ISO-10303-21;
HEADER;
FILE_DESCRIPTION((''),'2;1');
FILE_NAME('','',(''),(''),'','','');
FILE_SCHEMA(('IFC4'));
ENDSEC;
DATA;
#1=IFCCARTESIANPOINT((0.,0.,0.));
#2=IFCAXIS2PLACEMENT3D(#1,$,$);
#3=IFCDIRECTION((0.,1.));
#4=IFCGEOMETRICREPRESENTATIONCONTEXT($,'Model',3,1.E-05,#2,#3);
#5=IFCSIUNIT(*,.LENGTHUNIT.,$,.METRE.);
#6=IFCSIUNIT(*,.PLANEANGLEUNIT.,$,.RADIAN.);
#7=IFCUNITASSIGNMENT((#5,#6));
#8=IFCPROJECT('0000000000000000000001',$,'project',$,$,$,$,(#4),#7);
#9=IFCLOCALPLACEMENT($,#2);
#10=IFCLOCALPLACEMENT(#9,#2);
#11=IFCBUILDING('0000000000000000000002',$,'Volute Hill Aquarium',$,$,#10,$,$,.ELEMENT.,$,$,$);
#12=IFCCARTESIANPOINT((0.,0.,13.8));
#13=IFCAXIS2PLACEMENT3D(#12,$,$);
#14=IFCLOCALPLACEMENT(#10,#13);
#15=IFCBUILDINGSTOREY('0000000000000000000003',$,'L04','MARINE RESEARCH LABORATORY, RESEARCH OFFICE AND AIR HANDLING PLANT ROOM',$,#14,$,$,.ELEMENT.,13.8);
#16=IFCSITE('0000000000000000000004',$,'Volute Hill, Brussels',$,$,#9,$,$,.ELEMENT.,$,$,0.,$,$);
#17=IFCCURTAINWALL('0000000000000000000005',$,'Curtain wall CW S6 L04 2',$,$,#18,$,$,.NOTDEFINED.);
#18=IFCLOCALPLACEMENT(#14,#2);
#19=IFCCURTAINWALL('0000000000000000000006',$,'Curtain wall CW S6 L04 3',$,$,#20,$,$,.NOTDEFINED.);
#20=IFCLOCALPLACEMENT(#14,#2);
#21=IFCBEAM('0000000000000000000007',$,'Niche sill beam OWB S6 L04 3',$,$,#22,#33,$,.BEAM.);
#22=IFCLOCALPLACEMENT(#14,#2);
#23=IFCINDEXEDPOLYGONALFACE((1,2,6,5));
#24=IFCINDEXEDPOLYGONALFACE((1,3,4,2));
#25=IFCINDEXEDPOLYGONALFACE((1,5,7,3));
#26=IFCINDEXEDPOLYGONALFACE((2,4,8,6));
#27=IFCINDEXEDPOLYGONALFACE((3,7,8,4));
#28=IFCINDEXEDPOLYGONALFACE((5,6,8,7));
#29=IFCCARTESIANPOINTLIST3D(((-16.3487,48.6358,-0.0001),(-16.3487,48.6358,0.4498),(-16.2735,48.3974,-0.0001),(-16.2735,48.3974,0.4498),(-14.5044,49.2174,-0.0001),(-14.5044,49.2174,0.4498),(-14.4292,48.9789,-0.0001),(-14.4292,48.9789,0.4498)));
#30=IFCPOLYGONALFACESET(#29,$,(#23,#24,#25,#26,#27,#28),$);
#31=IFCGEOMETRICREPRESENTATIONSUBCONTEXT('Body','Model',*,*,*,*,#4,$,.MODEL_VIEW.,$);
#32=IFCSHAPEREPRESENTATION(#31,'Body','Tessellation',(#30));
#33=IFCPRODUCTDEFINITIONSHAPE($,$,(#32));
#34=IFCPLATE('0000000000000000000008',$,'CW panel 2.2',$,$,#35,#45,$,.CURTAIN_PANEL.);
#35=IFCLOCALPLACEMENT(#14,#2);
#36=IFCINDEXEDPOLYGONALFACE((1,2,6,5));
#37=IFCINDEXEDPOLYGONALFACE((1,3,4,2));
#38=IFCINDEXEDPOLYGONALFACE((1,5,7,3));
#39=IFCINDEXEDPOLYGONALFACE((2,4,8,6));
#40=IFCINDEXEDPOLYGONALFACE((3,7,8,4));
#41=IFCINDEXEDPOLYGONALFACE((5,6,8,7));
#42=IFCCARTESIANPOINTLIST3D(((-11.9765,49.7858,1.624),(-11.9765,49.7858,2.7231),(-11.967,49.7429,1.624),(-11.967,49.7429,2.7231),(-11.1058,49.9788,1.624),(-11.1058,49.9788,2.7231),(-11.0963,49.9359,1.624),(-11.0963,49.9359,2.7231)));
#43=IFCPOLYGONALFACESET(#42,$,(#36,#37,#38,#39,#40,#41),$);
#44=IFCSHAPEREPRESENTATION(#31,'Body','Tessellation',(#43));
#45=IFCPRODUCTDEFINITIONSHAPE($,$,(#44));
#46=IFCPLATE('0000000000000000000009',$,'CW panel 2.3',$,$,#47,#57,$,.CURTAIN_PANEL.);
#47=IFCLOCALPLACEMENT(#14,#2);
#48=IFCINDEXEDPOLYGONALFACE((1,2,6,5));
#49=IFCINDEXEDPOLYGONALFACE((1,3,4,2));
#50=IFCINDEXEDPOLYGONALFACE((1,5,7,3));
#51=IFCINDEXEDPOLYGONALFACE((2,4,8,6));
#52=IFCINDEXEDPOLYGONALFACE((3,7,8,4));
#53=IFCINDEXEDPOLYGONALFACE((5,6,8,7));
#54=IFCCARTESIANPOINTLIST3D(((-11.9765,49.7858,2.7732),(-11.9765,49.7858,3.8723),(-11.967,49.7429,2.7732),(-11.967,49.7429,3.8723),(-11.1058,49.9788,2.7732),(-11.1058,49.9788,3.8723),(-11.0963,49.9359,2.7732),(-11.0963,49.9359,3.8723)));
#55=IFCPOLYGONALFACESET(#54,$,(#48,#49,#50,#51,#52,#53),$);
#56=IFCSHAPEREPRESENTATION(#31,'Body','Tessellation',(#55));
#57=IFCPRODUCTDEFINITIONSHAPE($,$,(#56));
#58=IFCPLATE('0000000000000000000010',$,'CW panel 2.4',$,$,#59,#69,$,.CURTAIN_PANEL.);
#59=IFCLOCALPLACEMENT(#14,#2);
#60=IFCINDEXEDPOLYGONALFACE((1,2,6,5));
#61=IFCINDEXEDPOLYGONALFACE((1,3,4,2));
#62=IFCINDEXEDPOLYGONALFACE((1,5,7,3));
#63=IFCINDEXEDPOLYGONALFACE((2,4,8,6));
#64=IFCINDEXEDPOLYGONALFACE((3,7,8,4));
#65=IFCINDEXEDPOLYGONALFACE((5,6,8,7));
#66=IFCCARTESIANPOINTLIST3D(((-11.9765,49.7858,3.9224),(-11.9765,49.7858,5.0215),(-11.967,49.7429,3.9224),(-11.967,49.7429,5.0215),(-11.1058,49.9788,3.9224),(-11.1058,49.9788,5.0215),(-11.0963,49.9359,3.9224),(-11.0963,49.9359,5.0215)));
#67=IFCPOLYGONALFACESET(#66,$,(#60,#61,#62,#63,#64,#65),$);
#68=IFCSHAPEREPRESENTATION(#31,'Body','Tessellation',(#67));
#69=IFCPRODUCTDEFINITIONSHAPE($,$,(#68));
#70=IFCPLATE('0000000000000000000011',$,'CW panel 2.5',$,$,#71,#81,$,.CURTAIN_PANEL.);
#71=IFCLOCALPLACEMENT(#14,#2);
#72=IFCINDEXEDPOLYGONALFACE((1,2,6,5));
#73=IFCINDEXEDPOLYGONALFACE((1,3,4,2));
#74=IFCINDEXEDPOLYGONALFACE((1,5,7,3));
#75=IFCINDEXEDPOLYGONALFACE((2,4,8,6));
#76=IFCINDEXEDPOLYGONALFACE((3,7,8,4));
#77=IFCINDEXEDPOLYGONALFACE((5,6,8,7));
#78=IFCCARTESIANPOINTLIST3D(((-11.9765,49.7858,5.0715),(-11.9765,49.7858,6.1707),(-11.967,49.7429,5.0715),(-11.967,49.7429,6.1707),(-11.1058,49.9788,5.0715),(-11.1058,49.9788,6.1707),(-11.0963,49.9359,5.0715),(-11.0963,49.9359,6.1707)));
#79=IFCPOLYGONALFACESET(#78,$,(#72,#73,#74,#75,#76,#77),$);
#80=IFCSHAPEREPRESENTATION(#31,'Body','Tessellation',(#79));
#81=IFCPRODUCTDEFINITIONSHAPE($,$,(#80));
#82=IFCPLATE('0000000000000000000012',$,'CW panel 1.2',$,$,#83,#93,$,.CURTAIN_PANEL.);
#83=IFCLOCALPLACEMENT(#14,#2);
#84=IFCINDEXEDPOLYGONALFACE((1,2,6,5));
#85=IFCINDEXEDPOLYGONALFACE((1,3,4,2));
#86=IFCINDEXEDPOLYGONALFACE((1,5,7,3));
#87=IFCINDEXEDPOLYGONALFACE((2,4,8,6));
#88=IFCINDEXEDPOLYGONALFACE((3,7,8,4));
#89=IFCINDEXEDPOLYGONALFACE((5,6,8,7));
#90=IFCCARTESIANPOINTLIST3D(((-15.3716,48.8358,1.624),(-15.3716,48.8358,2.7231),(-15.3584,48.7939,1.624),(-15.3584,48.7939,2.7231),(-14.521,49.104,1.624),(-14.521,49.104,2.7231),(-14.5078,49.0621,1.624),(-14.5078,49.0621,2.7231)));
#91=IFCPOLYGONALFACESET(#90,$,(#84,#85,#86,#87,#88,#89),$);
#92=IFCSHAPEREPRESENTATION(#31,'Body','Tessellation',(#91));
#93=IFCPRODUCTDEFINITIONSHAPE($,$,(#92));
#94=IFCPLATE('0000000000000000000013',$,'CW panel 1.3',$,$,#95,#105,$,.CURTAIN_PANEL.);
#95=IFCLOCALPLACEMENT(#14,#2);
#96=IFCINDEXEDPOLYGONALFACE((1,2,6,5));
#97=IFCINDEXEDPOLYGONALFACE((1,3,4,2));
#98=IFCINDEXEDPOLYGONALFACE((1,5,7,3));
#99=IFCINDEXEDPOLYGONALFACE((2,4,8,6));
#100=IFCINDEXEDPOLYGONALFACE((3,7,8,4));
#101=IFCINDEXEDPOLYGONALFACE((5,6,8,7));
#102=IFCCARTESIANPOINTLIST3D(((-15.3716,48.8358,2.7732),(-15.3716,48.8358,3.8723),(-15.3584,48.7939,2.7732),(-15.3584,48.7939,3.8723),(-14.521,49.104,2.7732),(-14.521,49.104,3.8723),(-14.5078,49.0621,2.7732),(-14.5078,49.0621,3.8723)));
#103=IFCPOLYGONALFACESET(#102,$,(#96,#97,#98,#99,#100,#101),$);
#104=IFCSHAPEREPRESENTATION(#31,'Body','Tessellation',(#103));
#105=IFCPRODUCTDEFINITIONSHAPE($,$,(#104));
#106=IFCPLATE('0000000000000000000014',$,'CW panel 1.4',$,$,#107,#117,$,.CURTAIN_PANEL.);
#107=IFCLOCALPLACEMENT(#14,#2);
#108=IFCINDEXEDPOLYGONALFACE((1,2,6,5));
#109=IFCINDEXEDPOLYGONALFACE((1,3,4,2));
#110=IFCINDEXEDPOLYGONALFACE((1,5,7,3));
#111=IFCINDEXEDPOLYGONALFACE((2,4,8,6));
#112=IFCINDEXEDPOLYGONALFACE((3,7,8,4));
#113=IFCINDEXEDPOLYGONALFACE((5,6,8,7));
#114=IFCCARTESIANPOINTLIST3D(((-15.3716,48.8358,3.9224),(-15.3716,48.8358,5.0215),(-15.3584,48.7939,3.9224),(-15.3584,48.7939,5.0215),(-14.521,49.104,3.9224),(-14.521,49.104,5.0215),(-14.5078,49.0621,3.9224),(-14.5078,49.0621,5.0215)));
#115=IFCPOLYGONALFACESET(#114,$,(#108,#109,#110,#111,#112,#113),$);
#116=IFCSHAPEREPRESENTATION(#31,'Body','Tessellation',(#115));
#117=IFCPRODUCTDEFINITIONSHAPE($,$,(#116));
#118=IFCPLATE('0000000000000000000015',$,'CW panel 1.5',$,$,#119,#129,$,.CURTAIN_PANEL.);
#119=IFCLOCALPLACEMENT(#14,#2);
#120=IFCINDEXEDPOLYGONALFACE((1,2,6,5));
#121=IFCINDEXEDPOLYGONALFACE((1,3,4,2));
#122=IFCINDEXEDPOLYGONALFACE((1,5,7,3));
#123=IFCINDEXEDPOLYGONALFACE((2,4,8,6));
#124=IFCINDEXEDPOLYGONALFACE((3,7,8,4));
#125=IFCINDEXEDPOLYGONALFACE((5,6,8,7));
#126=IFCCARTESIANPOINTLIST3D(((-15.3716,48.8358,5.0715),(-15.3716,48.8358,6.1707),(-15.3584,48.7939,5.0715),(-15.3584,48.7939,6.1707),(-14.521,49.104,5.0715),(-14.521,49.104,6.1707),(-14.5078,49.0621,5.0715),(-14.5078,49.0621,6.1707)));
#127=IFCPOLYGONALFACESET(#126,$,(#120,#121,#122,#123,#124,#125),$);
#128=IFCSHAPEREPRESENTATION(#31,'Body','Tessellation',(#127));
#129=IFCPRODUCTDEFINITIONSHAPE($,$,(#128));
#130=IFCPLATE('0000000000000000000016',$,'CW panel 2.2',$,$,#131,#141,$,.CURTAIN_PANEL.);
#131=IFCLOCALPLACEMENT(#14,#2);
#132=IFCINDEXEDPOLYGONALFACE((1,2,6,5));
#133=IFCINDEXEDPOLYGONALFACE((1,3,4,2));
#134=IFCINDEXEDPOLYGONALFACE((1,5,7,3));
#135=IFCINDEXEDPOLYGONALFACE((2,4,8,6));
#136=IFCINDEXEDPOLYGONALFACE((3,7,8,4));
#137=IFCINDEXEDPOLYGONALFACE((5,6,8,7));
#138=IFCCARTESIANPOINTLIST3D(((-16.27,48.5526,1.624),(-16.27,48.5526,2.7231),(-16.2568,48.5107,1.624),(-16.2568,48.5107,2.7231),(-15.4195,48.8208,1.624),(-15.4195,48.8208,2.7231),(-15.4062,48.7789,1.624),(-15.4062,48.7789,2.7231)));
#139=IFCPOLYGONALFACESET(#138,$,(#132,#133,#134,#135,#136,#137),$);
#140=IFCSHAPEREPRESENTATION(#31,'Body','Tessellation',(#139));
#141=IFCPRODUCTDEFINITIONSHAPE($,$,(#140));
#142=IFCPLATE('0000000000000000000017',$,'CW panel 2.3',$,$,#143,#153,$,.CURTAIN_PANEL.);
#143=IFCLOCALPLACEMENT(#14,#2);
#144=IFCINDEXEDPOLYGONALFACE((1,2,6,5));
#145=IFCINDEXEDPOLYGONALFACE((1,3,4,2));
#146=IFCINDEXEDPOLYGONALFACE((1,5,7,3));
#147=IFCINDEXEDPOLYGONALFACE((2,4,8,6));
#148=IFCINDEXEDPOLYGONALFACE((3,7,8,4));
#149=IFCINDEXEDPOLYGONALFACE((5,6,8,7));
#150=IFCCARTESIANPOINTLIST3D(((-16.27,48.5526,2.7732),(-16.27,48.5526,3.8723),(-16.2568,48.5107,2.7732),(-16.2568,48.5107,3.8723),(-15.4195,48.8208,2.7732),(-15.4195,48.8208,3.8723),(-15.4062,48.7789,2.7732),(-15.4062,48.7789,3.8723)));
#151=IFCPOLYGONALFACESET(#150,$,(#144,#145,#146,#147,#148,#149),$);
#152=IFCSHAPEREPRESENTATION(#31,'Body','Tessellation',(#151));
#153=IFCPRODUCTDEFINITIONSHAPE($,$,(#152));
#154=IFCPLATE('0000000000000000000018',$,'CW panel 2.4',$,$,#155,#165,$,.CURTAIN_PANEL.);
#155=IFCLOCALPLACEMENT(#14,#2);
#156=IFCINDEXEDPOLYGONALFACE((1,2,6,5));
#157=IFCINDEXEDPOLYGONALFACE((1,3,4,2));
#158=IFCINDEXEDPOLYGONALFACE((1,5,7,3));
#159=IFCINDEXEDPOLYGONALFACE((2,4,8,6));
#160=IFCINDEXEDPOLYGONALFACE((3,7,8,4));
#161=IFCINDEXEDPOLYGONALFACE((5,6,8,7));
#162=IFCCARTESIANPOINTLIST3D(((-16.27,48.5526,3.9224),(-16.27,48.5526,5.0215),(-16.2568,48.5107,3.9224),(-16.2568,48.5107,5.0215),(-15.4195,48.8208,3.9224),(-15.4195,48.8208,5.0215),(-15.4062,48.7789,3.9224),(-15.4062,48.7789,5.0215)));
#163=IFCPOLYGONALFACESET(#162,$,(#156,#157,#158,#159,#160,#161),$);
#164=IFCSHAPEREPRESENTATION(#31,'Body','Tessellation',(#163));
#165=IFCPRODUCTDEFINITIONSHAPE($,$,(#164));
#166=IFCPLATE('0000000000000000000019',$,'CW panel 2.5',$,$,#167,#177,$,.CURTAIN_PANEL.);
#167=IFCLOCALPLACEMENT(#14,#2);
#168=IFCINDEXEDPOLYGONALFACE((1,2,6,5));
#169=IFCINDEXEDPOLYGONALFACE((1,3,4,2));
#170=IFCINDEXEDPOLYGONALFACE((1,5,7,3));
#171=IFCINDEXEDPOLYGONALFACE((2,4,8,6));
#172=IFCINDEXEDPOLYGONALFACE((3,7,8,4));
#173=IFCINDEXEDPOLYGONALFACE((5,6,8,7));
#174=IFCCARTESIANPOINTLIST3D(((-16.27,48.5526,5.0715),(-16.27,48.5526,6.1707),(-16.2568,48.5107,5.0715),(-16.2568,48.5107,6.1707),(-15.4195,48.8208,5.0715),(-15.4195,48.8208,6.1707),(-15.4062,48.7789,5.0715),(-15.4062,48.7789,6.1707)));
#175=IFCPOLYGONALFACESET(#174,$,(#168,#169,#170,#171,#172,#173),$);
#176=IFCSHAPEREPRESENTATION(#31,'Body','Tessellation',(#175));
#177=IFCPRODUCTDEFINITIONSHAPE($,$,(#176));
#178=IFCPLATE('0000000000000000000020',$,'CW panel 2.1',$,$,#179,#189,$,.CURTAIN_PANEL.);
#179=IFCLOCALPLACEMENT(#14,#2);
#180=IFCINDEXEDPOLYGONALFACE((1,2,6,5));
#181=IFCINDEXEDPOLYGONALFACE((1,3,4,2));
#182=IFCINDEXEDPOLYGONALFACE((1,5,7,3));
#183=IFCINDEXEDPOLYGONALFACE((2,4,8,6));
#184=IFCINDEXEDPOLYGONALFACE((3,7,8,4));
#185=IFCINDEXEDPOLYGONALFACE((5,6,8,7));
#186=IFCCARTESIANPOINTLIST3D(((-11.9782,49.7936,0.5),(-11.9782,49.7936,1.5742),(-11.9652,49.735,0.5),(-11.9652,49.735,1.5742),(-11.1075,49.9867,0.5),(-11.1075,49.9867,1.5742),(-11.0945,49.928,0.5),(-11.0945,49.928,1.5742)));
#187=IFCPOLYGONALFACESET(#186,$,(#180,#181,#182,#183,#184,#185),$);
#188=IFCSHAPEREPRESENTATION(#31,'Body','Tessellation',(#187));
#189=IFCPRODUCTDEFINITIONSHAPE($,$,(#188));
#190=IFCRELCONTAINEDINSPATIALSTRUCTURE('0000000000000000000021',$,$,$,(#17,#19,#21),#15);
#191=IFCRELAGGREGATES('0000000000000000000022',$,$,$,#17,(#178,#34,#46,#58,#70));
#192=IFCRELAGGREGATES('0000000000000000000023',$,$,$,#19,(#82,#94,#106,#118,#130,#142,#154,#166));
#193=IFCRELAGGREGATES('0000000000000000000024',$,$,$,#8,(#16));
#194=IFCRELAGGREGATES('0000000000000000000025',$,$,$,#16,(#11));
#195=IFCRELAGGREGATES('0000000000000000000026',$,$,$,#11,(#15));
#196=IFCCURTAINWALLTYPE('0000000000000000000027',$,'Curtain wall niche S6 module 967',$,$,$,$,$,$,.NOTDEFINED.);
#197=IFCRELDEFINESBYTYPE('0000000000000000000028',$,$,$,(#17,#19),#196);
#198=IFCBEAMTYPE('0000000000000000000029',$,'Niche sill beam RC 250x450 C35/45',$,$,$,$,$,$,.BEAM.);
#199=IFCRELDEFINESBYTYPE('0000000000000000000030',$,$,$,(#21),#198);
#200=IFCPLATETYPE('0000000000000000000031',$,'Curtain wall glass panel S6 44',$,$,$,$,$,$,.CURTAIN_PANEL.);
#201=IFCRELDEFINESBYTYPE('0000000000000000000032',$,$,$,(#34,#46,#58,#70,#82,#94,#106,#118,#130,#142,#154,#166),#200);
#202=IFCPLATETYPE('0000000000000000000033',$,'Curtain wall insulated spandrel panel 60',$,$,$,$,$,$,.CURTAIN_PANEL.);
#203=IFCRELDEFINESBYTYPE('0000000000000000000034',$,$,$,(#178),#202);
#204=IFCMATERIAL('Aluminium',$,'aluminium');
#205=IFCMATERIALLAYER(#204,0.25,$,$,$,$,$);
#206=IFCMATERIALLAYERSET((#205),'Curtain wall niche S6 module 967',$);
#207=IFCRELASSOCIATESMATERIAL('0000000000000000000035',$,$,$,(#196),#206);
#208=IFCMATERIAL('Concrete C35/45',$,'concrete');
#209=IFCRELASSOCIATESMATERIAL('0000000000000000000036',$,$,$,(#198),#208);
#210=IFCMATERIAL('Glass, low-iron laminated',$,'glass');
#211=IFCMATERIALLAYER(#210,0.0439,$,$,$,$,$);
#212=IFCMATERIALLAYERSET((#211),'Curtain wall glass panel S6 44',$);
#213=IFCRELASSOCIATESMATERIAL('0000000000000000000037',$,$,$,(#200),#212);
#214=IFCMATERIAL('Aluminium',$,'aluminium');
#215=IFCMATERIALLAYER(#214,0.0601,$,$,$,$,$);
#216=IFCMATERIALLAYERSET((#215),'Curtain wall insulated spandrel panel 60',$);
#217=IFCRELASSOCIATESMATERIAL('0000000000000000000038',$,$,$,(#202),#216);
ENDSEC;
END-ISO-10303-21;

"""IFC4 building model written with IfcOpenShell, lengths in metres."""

from ifc_helpers import new_model, si_unit, direction, frame, origin, origin_2d, place, context, subcontext, project, spatial, rectangle, extrude, material, layer, layer_set, material_profile, profile_set, type_object, element, aggregate, save


model = new_model("IFC4")

# Units and contexts
model_context = context("Model", 3, precision=1e-05, world=origin(), true_north=direction((0.0, 1.0)))
body_context = subcontext(model_context, "Body", "Model", "MODEL_VIEW")
ifc_project = project(units=[si_unit("LENGTHUNIT", "METRE"), si_unit("PLANEANGLEUNIT", "RADIAN")], contexts=[model_context])

# Site, building, storey
site_placement = place(None, origin())
site = spatial("IfcSite", under=ifc_project, at=site_placement, Name="Volute Hill, Brussels", CompositionType="ELEMENT", RefElevation=0.0)
building_placement = place(site_placement, origin())
building = spatial("IfcBuilding", under=site, at=building_placement, Name="Volute Hill Aquarium", CompositionType="ELEMENT")
storey_placement = place(building_placement, frame((0.0, 0.0, 13.8)))
storey = spatial("IfcBuildingStorey", under=building, at=storey_placement, Name="L04", Description="MARINE RESEARCH LABORATORY, RESEARCH OFFICE AND AIR HANDLING PLANT ROOM", CompositionType="ELEMENT", Elevation=13.8)

# Curtain wall
ifc_material_1 = material(Name="Aluminium", Category="aluminium")
ifc_layer_1 = layer(ifc_material_1, 0.25)
ifc_layer_set_1 = layer_set([ifc_layer_1], Name="Curtain wall niche S6 module 967")
curtain_wall_type = type_object("IfcCurtainWallType", Name="Curtain wall niche S6 module 967", PredefinedType="NOTDEFINED", material=ifc_layer_set_1)
curtain_wall_1_placement = place(storey_placement, origin())
curtain_wall_1 = element("IfcCurtainWall", 1, at=curtain_wall_1_placement, inside=storey, type_object=curtain_wall_type, Name="Curtain wall CW S6 L04 2", PredefinedType="NOTDEFINED")

# Curtain wall
curtain_wall_2_placement = place(storey_placement, origin())
curtain_wall_2 = element("IfcCurtainWall", 2, at=curtain_wall_2_placement, inside=storey, type_object=curtain_wall_type, Name="Curtain wall CW S6 L04 3", PredefinedType="NOTDEFINED")

# Beam
ifc_material_2 = material(Name="Concrete C35/45", Category="concrete")
ifc_material_profile_1 = material_profile(ifc_material_2, rectangle(XDim=0.25, YDim=0.45, at=origin_2d()), Name="RC beam 250x450")
ifc_profile_set_1 = profile_set([ifc_material_profile_1], Name="Concrete C35/45")
beam_type_1 = type_object("IfcBeamType", Name="Niche sill beam RC 250x450 C35/45", PredefinedType="BEAM", material=ifc_profile_set_1)
beam_1_placement = place(storey_placement, frame((-14.4668, 49.0981, 0.2249), z_axis=(-0.953709, -0.300733, 0.0), x_axis=(0.300733, -0.953709, 0.0)))
element("IfcBeam", 3, at=beam_1_placement, inside=storey, type_object=beam_type_1, Name="Niche sill beam OWB S6 L04 3", PredefinedType="BEAM", context=body_context, shape_type="SweptSolid", body=[
    extrude(rectangle(XDim=0.25, YDim=0.45, at=origin_2d()), origin(), (0.0, 0.0, 1.0), 1.9338),
])

# Plates
ifc_material_3 = material(Name="Glass, low-iron laminated", Category="glass")
ifc_layer_2 = layer(ifc_material_3, 0.0439)
ifc_layer_set_2 = layer_set([ifc_layer_2], Name="Curtain wall glass panel S6 44")
plate_type_1 = type_object("IfcPlateType", Name="Curtain wall glass panel S6 44", PredefinedType="CURTAIN_PANEL", material=ifc_layer_set_2)
plate_1_placement = place(storey_placement, frame((-11.5364, 49.8608, 1.624), z_axis=(0.0, 0.0, 1.0), x_axis=(-0.976298, -0.216429, 0.0)))
plate_1 = element("IfcPlate", 4, at=plate_1_placement, type_object=plate_type_1, Name="CW panel 2.2", PredefinedType="CURTAIN_PANEL", context=body_context, shape_type="SweptSolid", body=[
    extrude(rectangle(XDim=0.8918, YDim=0.0439, at=origin_2d()), origin(), (0.0, 0.0, 1.0), 1.0991),
])
plate_2_placement = place(storey_placement, frame((-11.5364, 49.8608, 2.7732), z_axis=(0.0, 0.0, 1.0), x_axis=(-0.976298, -0.216429, 0.0)))
plate_2 = element("IfcPlate", 5, at=plate_2_placement, type_object=plate_type_1, Name="CW panel 2.3", PredefinedType="CURTAIN_PANEL", context=body_context, shape_type="SweptSolid", body=[
    extrude(rectangle(XDim=0.8918, YDim=0.0439, at=origin_2d()), origin(), (0.0, 0.0, 1.0), 1.0991),
])
plate_3_placement = place(storey_placement, frame((-11.5364, 49.8608, 3.9224), z_axis=(0.0, 0.0, 1.0), x_axis=(-0.976298, -0.216429, 0.0)))
plate_3 = element("IfcPlate", 6, at=plate_3_placement, type_object=plate_type_1, Name="CW panel 2.4", PredefinedType="CURTAIN_PANEL", context=body_context, shape_type="SweptSolid", body=[
    extrude(rectangle(XDim=0.8918, YDim=0.0439, at=origin_2d()), origin(), (0.0, 0.0, 1.0), 1.0991),
])
plate_4_placement = place(storey_placement, frame((-11.5364, 49.8608, 5.0715), z_axis=(0.0, 0.0, 1.0), x_axis=(-0.976298, -0.216429, 0.0)))
plate_4 = element("IfcPlate", 7, at=plate_4_placement, type_object=plate_type_1, Name="CW panel 2.5", PredefinedType="CURTAIN_PANEL", context=body_context, shape_type="SweptSolid", body=[
    extrude(rectangle(XDim=0.8918, YDim=0.0439, at=origin_2d()), origin(), (0.0, 0.0, 1.0), 1.0991),
])
plate_5_placement = place(storey_placement, frame((-14.9397, 48.949, 1.624), z_axis=(0.0, 0.0, 1.0), x_axis=(-0.953717, -0.300706, 0.0)))
plate_5 = element("IfcPlate", 8, at=plate_5_placement, type_object=plate_type_1, Name="CW panel 1.2", PredefinedType="CURTAIN_PANEL", context=body_context, shape_type="SweptSolid", body=[
    extrude(rectangle(XDim=0.8918, YDim=0.0439, at=origin_2d()), origin(), (0.0, 0.0, 1.0), 1.0991),
])
plate_6_placement = place(storey_placement, frame((-14.9397, 48.949, 2.7732), z_axis=(0.0, 0.0, 1.0), x_axis=(-0.953717, -0.300706, 0.0)))
plate_6 = element("IfcPlate", 9, at=plate_6_placement, type_object=plate_type_1, Name="CW panel 1.3", PredefinedType="CURTAIN_PANEL", context=body_context, shape_type="SweptSolid", body=[
    extrude(rectangle(XDim=0.8918, YDim=0.0439, at=origin_2d()), origin(), (0.0, 0.0, 1.0), 1.0991),
])
plate_7_placement = place(storey_placement, frame((-14.9397, 48.949, 3.9224), z_axis=(0.0, 0.0, 1.0), x_axis=(-0.953717, -0.300706, 0.0)))
plate_7 = element("IfcPlate", 10, at=plate_7_placement, type_object=plate_type_1, Name="CW panel 1.4", PredefinedType="CURTAIN_PANEL", context=body_context, shape_type="SweptSolid", body=[
    extrude(rectangle(XDim=0.8918, YDim=0.0439, at=origin_2d()), origin(), (0.0, 0.0, 1.0), 1.0991),
])
plate_8_placement = place(storey_placement, frame((-14.9397, 48.949, 5.0715), z_axis=(0.0, 0.0, 1.0), x_axis=(-0.953717, -0.300706, 0.0)))
plate_8 = element("IfcPlate", 11, at=plate_8_placement, type_object=plate_type_1, Name="CW panel 1.5", PredefinedType="CURTAIN_PANEL", context=body_context, shape_type="SweptSolid", body=[
    extrude(rectangle(XDim=0.8918, YDim=0.0439, at=origin_2d()), origin(), (0.0, 0.0, 1.0), 1.0991),
])
plate_9_placement = place(storey_placement, frame((-15.8381, 48.6658, 1.624), z_axis=(0.0, 0.0, 1.0), x_axis=(-0.953717, -0.300706, 0.0)))
plate_9 = element("IfcPlate", 12, at=plate_9_placement, type_object=plate_type_1, Name="CW panel 2.2", PredefinedType="CURTAIN_PANEL", context=body_context, shape_type="SweptSolid", body=[
    extrude(rectangle(XDim=0.8918, YDim=0.0439, at=origin_2d()), origin(), (0.0, 0.0, 1.0), 1.0991),
])
plate_10_placement = place(storey_placement, frame((-15.8381, 48.6658, 2.7732), z_axis=(0.0, 0.0, 1.0), x_axis=(-0.953717, -0.300706, 0.0)))
plate_10 = element("IfcPlate", 13, at=plate_10_placement, type_object=plate_type_1, Name="CW panel 2.3", PredefinedType="CURTAIN_PANEL", context=body_context, shape_type="SweptSolid", body=[
    extrude(rectangle(XDim=0.8918, YDim=0.0439, at=origin_2d()), origin(), (0.0, 0.0, 1.0), 1.0991),
])
plate_11_placement = place(storey_placement, frame((-15.8381, 48.6658, 3.9224), z_axis=(0.0, 0.0, 1.0), x_axis=(-0.953717, -0.300706, 0.0)))
plate_11 = element("IfcPlate", 14, at=plate_11_placement, type_object=plate_type_1, Name="CW panel 2.4", PredefinedType="CURTAIN_PANEL", context=body_context, shape_type="SweptSolid", body=[
    extrude(rectangle(XDim=0.8918, YDim=0.0439, at=origin_2d()), origin(), (0.0, 0.0, 1.0), 1.0991),
])
plate_12_placement = place(storey_placement, frame((-15.8381, 48.6658, 5.0715), z_axis=(0.0, 0.0, 1.0), x_axis=(-0.953717, -0.300706, 0.0)))
plate_12 = element("IfcPlate", 15, at=plate_12_placement, type_object=plate_type_1, Name="CW panel 2.5", PredefinedType="CURTAIN_PANEL", context=body_context, shape_type="SweptSolid", body=[
    extrude(rectangle(XDim=0.8918, YDim=0.0439, at=origin_2d()), origin(), (0.0, 0.0, 1.0), 1.0991),
])
ifc_material_4 = material(Name="Aluminium", Category="aluminium")
ifc_layer_3 = layer(ifc_material_4, 0.0601)
ifc_layer_set_3 = layer_set([ifc_layer_3], Name="Curtain wall insulated spandrel panel 60")
plate_type_2 = type_object("IfcPlateType", Name="Curtain wall insulated spandrel panel 60", PredefinedType="CURTAIN_PANEL", material=ifc_layer_set_3)
plate_13_placement = place(storey_placement, frame((-11.5364, 49.8608, 0.5), z_axis=(0.0, 0.0, 1.0), x_axis=(-0.976298, -0.216429, 0.0)))
plate_13 = element("IfcPlate", 16, at=plate_13_placement, type_object=plate_type_2, Name="CW panel 2.1", PredefinedType="CURTAIN_PANEL", context=body_context, shape_type="SweptSolid", body=[
    extrude(rectangle(XDim=0.8918, YDim=0.0601, at=origin_2d()), origin(), (0.0, 0.0, 1.0), 1.0742),
])
aggregate(curtain_wall_1, [plate_13, plate_1, plate_2, plate_3, plate_4])
aggregate(curtain_wall_2, [plate_5, plate_6, plate_7, plate_8, plate_9, plate_10, plate_11, plate_12])

save(model, "model.ifc")
